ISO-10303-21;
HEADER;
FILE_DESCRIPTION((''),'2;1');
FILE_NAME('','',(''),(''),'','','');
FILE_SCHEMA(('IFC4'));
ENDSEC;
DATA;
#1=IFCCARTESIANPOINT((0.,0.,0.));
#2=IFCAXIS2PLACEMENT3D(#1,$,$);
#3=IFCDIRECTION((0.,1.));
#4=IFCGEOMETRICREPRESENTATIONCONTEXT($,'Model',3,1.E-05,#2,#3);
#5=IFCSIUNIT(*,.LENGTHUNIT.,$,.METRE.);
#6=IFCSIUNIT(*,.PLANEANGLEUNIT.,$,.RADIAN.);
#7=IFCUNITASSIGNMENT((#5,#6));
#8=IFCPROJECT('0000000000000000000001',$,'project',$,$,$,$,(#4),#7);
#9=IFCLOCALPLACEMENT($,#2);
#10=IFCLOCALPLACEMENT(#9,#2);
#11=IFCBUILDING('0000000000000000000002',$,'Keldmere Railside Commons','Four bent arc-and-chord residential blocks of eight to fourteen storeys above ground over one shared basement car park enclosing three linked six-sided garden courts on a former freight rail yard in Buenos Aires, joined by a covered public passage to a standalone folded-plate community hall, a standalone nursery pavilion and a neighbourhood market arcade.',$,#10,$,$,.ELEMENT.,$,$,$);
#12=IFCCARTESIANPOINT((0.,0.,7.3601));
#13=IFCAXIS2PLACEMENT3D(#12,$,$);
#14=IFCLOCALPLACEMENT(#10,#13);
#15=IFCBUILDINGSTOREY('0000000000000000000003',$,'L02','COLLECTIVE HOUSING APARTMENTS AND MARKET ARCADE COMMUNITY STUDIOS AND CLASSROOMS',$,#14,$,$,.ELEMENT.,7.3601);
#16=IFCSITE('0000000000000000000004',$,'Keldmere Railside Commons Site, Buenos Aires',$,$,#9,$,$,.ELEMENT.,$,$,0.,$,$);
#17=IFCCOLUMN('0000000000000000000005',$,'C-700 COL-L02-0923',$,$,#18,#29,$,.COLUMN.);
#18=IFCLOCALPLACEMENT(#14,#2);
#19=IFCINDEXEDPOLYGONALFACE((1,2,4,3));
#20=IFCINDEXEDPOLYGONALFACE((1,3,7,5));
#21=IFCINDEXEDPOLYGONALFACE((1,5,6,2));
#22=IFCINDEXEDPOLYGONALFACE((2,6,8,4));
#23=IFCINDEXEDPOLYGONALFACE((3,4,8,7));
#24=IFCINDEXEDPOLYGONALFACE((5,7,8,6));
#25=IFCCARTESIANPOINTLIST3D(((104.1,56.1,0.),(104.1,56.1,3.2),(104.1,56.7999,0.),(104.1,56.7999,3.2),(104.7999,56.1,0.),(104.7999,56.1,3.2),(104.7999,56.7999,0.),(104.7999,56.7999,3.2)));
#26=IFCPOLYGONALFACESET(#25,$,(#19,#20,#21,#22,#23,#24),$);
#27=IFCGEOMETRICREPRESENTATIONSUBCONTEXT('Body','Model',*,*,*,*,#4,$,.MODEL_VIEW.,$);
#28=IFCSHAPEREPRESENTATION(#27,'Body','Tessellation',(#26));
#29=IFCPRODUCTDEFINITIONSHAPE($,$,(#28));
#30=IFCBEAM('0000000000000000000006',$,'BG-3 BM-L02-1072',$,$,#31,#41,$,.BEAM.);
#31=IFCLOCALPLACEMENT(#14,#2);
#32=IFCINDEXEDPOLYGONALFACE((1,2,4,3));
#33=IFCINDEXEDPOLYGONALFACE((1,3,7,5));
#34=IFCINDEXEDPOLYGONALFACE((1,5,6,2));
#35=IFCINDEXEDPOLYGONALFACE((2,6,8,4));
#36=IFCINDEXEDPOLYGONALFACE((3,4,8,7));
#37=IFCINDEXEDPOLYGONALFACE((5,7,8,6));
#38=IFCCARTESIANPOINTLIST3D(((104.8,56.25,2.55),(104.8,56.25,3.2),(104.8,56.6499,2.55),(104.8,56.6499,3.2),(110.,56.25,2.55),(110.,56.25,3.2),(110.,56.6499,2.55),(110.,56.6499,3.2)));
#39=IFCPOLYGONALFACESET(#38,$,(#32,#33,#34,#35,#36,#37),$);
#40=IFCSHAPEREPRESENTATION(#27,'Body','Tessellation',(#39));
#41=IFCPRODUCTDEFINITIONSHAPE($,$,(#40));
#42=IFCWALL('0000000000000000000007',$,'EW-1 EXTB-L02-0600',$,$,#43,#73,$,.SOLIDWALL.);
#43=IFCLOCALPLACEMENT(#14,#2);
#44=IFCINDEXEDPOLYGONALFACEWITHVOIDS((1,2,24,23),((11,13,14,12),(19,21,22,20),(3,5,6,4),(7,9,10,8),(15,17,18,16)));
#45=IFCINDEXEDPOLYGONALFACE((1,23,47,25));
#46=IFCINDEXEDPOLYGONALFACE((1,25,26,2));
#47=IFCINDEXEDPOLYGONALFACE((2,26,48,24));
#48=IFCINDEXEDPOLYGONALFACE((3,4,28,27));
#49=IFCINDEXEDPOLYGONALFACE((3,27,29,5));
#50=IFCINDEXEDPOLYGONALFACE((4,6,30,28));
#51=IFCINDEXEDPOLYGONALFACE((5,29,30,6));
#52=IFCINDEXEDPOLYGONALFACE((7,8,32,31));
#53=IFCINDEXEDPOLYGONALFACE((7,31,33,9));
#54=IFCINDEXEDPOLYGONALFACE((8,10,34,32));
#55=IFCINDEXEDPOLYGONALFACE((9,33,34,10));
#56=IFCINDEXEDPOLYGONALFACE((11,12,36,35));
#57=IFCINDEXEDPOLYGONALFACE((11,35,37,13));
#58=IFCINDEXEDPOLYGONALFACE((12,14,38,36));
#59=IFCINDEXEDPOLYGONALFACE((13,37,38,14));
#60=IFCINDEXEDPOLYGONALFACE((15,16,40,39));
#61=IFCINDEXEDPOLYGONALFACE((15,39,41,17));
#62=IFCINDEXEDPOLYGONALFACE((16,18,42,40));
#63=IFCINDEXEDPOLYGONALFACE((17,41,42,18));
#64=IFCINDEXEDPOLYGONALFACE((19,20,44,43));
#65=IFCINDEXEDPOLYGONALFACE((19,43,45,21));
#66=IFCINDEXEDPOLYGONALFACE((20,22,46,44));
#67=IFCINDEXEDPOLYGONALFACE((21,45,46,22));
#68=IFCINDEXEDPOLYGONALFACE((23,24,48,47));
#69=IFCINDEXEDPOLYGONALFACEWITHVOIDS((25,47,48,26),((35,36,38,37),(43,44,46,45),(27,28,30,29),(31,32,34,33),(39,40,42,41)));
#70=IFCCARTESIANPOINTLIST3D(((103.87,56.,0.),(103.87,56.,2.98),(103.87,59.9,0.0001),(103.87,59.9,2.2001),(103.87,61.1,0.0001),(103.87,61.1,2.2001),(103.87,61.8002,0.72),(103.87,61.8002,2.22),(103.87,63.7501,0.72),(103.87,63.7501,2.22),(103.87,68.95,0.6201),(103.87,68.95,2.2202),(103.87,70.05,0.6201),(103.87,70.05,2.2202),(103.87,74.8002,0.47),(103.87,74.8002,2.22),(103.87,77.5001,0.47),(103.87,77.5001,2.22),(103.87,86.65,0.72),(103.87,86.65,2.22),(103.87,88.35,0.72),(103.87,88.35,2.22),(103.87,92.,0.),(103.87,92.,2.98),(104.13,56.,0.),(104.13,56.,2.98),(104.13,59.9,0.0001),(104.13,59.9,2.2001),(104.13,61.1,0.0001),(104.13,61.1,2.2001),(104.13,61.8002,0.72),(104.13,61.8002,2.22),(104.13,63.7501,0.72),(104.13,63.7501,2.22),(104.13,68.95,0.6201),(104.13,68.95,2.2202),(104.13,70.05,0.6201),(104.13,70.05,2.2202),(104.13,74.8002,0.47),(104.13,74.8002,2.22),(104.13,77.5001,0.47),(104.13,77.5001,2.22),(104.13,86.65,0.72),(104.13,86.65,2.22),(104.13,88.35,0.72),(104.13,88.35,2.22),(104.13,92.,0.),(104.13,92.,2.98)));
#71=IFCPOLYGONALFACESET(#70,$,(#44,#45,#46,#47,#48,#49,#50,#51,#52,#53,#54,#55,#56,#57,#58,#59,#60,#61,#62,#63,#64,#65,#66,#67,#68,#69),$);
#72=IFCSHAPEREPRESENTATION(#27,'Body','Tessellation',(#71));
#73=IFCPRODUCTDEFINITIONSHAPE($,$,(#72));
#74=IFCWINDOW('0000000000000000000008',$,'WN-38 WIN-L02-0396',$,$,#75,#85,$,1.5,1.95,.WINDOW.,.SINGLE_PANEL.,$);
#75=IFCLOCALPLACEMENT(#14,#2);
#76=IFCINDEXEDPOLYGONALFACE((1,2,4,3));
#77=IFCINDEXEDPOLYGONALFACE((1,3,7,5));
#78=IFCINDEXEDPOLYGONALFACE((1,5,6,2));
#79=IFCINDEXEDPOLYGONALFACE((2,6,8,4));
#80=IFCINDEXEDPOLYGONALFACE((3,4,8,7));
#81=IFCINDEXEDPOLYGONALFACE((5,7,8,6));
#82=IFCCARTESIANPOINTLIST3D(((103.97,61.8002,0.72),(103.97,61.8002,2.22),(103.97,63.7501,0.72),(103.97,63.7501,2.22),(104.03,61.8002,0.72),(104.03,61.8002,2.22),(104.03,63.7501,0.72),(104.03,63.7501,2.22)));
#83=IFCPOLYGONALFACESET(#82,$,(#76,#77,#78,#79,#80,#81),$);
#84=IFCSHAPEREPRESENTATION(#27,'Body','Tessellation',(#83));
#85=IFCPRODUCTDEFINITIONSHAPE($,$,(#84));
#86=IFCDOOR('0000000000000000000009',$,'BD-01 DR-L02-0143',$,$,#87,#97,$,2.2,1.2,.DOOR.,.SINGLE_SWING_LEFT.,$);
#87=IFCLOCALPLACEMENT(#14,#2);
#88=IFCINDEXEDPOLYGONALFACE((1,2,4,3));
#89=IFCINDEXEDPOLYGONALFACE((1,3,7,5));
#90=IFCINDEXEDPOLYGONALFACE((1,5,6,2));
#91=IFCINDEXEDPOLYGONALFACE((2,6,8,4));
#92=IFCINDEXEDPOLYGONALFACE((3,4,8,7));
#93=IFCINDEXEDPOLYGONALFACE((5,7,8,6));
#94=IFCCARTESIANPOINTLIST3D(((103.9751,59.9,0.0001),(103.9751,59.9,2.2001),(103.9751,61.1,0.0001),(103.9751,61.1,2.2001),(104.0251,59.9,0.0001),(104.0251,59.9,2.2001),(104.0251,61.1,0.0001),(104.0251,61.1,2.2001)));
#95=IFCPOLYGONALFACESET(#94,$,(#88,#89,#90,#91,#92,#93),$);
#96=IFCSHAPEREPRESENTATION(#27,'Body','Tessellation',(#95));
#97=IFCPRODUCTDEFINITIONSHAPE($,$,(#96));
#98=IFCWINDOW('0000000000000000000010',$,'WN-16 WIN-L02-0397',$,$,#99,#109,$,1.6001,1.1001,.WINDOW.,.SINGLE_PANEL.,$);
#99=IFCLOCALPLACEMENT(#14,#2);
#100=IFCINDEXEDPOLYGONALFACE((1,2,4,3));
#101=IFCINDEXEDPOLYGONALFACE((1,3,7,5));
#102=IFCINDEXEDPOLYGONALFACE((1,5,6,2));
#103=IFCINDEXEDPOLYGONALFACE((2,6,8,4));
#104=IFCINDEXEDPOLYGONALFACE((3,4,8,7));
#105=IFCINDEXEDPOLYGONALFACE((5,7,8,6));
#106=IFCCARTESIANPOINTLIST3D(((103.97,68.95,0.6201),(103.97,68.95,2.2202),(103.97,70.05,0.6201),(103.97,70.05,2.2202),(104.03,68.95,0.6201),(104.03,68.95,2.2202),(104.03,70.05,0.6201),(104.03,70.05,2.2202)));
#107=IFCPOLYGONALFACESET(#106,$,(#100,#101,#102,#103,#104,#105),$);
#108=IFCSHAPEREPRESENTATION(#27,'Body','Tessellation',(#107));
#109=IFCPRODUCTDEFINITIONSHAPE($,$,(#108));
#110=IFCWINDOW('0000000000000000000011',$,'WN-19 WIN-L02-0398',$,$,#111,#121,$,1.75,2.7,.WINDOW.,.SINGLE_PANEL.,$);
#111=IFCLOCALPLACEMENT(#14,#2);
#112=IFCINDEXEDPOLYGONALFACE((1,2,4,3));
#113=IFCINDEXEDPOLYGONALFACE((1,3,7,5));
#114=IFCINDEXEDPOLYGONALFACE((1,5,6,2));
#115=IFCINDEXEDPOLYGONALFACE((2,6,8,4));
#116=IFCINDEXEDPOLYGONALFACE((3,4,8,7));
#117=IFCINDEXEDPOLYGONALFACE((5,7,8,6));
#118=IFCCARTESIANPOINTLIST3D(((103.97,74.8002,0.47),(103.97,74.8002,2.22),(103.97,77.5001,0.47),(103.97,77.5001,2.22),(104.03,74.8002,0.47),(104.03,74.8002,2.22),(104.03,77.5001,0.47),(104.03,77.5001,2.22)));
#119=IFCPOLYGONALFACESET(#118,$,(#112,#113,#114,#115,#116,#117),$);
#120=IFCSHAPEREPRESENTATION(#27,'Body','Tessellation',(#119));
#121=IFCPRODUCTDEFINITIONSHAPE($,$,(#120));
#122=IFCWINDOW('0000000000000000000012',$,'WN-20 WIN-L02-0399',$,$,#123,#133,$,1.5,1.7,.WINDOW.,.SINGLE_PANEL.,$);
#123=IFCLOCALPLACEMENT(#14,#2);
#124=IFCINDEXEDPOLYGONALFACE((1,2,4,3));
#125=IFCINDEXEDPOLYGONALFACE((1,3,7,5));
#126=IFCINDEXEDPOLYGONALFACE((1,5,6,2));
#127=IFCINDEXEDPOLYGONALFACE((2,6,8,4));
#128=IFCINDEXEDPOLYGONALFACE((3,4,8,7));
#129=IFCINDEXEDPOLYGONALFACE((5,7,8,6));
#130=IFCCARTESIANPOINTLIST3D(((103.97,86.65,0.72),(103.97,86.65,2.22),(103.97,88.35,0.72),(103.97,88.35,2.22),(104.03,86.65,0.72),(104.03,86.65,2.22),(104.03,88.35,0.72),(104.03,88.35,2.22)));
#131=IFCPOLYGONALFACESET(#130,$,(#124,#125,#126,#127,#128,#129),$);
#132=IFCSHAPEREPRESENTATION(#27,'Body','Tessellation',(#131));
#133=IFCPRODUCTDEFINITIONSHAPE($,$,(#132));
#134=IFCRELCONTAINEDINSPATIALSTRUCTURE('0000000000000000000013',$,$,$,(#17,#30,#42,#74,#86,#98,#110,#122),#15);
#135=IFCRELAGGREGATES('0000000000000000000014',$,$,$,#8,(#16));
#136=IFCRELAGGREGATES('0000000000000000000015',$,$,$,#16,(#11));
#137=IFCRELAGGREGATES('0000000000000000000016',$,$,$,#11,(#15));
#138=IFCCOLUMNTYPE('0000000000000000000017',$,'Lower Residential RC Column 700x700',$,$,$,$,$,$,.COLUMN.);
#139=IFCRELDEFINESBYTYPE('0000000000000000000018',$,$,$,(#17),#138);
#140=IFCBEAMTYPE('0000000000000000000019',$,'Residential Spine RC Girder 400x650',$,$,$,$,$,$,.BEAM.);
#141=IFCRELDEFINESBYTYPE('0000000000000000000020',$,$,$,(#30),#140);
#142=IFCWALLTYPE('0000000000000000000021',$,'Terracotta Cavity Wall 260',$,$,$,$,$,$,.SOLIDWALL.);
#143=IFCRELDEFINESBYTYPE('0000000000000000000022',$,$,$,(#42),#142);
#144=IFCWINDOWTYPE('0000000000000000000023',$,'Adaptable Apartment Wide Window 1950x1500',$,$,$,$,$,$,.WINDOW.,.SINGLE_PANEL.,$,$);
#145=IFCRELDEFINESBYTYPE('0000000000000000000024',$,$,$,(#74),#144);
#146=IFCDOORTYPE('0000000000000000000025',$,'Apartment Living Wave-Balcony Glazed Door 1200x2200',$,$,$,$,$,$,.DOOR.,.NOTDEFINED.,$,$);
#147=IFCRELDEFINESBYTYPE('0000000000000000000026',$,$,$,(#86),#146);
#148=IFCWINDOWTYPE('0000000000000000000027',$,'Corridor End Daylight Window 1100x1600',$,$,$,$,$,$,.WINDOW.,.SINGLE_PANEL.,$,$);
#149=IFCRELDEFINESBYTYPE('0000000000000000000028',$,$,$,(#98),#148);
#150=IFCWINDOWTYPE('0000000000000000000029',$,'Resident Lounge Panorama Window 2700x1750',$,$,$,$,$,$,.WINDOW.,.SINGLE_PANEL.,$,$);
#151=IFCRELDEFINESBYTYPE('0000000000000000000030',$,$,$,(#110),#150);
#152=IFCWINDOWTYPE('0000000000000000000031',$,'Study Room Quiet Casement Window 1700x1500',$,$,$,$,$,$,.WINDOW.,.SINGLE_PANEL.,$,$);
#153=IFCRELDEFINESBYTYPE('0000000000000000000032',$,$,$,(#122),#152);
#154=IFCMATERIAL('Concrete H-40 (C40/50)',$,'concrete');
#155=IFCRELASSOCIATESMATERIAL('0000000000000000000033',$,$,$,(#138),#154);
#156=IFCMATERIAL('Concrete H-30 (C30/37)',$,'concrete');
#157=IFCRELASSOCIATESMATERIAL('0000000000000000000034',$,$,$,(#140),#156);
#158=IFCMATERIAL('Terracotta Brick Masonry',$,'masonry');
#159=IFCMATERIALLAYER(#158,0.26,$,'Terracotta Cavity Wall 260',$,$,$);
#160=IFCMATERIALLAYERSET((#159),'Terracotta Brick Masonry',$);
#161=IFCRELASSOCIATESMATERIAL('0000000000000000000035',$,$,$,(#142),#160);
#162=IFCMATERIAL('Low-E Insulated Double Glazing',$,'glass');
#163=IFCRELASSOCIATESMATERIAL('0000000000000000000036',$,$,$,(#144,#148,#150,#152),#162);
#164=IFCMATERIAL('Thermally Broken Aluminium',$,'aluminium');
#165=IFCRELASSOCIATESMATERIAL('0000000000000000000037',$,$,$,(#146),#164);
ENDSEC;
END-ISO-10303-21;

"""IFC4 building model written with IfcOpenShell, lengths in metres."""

from ifc_helpers import new_model, si_unit, direction, frame, frame_2d, origin, origin_2d, place, context, subcontext, project, spatial, rectangle, extrude, material, layer, layer_set, material_profile, profile_set, type_object, element, fill, save


model = new_model("IFC4")

# Units and contexts
model_context = context("Model", 3, precision=1e-05, world=origin(), true_north=direction((0.0, 1.0)))
body_context = subcontext(model_context, "Body", "Model", "MODEL_VIEW")
ifc_project = project(units=[si_unit("LENGTHUNIT", "METRE"), si_unit("PLANEANGLEUNIT", "RADIAN")], contexts=[model_context])

# Site, building, storey
site_placement = place(None, origin())
site = spatial("IfcSite", under=ifc_project, at=site_placement, Name="Keldmere Railside Commons Site, Buenos Aires", CompositionType="ELEMENT", RefElevation=0.0)
building_placement = place(site_placement, origin())
building = spatial("IfcBuilding", under=site, at=building_placement, Name="Keldmere Railside Commons", Description="Four bent arc-and-chord residential blocks of eight to fourteen storeys above ground over one shared basement car park enclosing three linked six-sided garden courts on a former freight rail yard in Buenos Aires, joined by a covered public passage to a standalone folded-plate community hall, a standalone nursery pavilion and a neighbourhood market arcade.", CompositionType="ELEMENT")
storey_placement = place(building_placement, frame((0.0, 0.0, 7.3601)))
storey = spatial("IfcBuildingStorey", under=building, at=storey_placement, Name="L02", Description="COLLECTIVE HOUSING APARTMENTS AND MARKET ARCADE COMMUNITY STUDIOS AND CLASSROOMS", CompositionType="ELEMENT", Elevation=7.3601)

# Column
ifc_material_1 = material(Name="Concrete H-40 (C40/50)", Category="concrete")
ifc_material_profile_1 = material_profile(ifc_material_1, rectangle(XDim=0.7, YDim=0.7, at=origin_2d()), Name="RC-700x700")
ifc_profile_set_1 = profile_set([ifc_material_profile_1], Name="Concrete H-40 (C40/50)")
column_type = type_object("IfcColumnType", Name="Lower Residential RC Column 700x700", PredefinedType="COLUMN", material=ifc_profile_set_1)
column_placement = place(storey_placement, frame((104.45, 56.45, 0.0), z_axis=(0.0, 0.0, 1.0), x_axis=(1.0, 0.0, 0.0)))
element("IfcColumn", 1, at=column_placement, inside=storey, type_object=column_type, Name="C-700 COL-L02-0923", PredefinedType="COLUMN", context=body_context, shape_type="SweptSolid", body=[
    extrude(rectangle(XDim=0.7, YDim=0.7, at=origin_2d()), origin(), (0.0, 0.0, 1.0), 3.2),
])

# Beam
ifc_material_2 = material(Name="Concrete H-30 (C30/37)", Category="concrete")
ifc_material_profile_2 = material_profile(ifc_material_2, rectangle(XDim=0.3999, YDim=0.6499, at=origin_2d()), Name="RC-400x650")
ifc_profile_set_2 = profile_set([ifc_material_profile_2], Name="Concrete H-30 (C30/37)")
beam_type = type_object("IfcBeamType", Name="Residential Spine RC Girder 400x650", PredefinedType="BEAM", material=ifc_profile_set_2)
beam_placement = place(storey_placement, frame((104.8, 56.45, 2.875), z_axis=(1.0, 0.0, 0.0), x_axis=(0.0, 1.0, 0.0)))
element("IfcBeam", 2, at=beam_placement, inside=storey, type_object=beam_type, Name="BG-3 BM-L02-1072", PredefinedType="BEAM", context=body_context, shape_type="SweptSolid", body=[
    extrude(rectangle(XDim=0.3999, YDim=0.6499, at=origin_2d()), origin(), (0.0, 0.0, 1.0), 5.2),
])

# Wall, openings, windows, door
ifc_material_3 = material(Name="Terracotta Brick Masonry", Category="masonry")
ifc_layer = layer(ifc_material_3, 0.26, Name="Terracotta Cavity Wall 260")
ifc_layer_set = layer_set([ifc_layer], Name="Terracotta Brick Masonry")
wall_type = type_object("IfcWallType", Name="Terracotta Cavity Wall 260", PredefinedType="SOLIDWALL", material=ifc_layer_set)
wall_placement = place(storey_placement, frame((104.0, 56.0, 0.0), z_axis=(0.0, 0.0, 1.0), x_axis=(0.0, 1.0, 0.0)))
wall = element("IfcWall", 3, at=wall_placement, inside=storey, type_object=wall_type, Name="EW-1 EXTB-L02-0600", PredefinedType="SOLIDWALL", context=body_context, shape_type="SweptSolid", body=[
    extrude(rectangle(XDim=36.0, YDim=0.26, at=frame_2d((18.0, 0.0))), origin(), (0.0, 0.0, 1.0), 2.98),
])
opening_1_placement = place(wall_placement, frame((3.8999, 0.0, 0.0)))
opening_1 = element("IfcOpeningElement", 4, at=opening_1_placement, cuts=wall, PredefinedType="OPENING", context=body_context, shape_type="SweptSolid", body=[
    extrude(rectangle(XDim=1.2, YDim=2.2, at=frame_2d((0.6001, 1.1001))), frame((0.0, 0.1399, 0.0), z_axis=(0.0, -1.0, 0.0), x_axis=(1.0, 0.0, 0.0)), (0.0, 0.0, 1.0), 0.28),
])
opening_2_placement = place(wall_placement, frame((5.8, 0.0, 0.72)))
opening_2 = element("IfcOpeningElement", 5, at=opening_2_placement, cuts=wall, PredefinedType="OPENING", context=body_context, shape_type="SweptSolid", body=[
    extrude(rectangle(XDim=1.95, YDim=1.5, at=frame_2d((0.9751, 0.75))), frame((0.0, 0.1399, 0.0), z_axis=(0.0, -1.0, 0.0), x_axis=(1.0, 0.0, 0.0)), (0.0, 0.0, 1.0), 0.28),
])
opening_3_placement = place(wall_placement, frame((12.95, 0.0, 0.6201)))
opening_3 = element("IfcOpeningElement", 6, at=opening_3_placement, cuts=wall, PredefinedType="OPENING", context=body_context, shape_type="SweptSolid", body=[
    extrude(rectangle(XDim=1.1001, YDim=1.6001, at=frame_2d((0.55, 0.8))), frame((0.0, 0.1399, 0.0), z_axis=(0.0, -1.0, 0.0), x_axis=(1.0, 0.0, 0.0)), (0.0, 0.0, 1.0), 0.28),
])
opening_4_placement = place(wall_placement, frame((18.8, 0.0, 0.47)))
opening_4 = element("IfcOpeningElement", 7, at=opening_4_placement, cuts=wall, PredefinedType="OPENING", context=body_context, shape_type="SweptSolid", body=[
    extrude(rectangle(XDim=2.7, YDim=1.75, at=frame_2d((1.3501, 0.875))), frame((0.0, 0.1399, 0.0), z_axis=(0.0, -1.0, 0.0), x_axis=(1.0, 0.0, 0.0)), (0.0, 0.0, 1.0), 0.28),
])
opening_5_placement = place(wall_placement, frame((30.6499, 0.0, 0.72)))
opening_5 = element("IfcOpeningElement", 8, at=opening_5_placement, cuts=wall, PredefinedType="OPENING", context=body_context, shape_type="SweptSolid", body=[
    extrude(rectangle(XDim=1.7, YDim=1.5, at=frame_2d((0.8501, 0.75))), frame((0.0, 0.1399, 0.0), z_axis=(0.0, -1.0, 0.0), x_axis=(1.0, 0.0, 0.0)), (0.0, 0.0, 1.0), 0.28),
])
ifc_material_4 = material(Name="Low-E Insulated Double Glazing", Category="glass")
window_type_1 = type_object("IfcWindowType", Name="Adaptable Apartment Wide Window 1950x1500", PartitioningType="SINGLE_PANEL", PredefinedType="WINDOW", material=ifc_material_4)
window_1_placement = place(opening_2_placement, origin())
window_1 = element("IfcWindow", 9, at=window_1_placement, inside=storey, type_object=window_type_1, Name="WN-38 WIN-L02-0396", OverallHeight=1.5, OverallWidth=1.95, PartitioningType="SINGLE_PANEL", PredefinedType="WINDOW", context=body_context, shape_type="SweptSolid", body=[
    extrude(rectangle(XDim=1.95, YDim=1.5, at=frame_2d((0.9751, 0.75))), frame((0.0, 0.03, 0.0), z_axis=(0.0, -1.0, 0.0), x_axis=(1.0, 0.0, 0.0)), (0.0, 0.0, 1.0), 0.0601),
])
fill(opening_2, window_1)
ifc_material_5 = material(Name="Thermally Broken Aluminium", Category="aluminium")
door_type = type_object("IfcDoorType", Name="Apartment Living Wave-Balcony Glazed Door 1200x2200", OperationType="NOTDEFINED", PredefinedType="DOOR", material=ifc_material_5)
door_placement = place(opening_1_placement, origin())
door = element("IfcDoor", 10, at=door_placement, inside=storey, type_object=door_type, Name="BD-01 DR-L02-0143", OperationType="SINGLE_SWING_LEFT", OverallHeight=2.2, OverallWidth=1.2, PredefinedType="DOOR", context=body_context, shape_type="SweptSolid", body=[
    extrude(rectangle(XDim=1.2, YDim=2.2, at=frame_2d((0.6001, 1.1001))), frame((0.0, 0.0249, 0.0), z_axis=(0.0, -1.0, 0.0), x_axis=(1.0, 0.0, 0.0)), (0.0, 0.0, 1.0), 0.05),
])
fill(opening_1, door)
window_type_2 = type_object("IfcWindowType", Name="Corridor End Daylight Window 1100x1600", PartitioningType="SINGLE_PANEL", PredefinedType="WINDOW", material=ifc_material_4)
window_2_placement = place(opening_3_placement, origin())
window_2 = element("IfcWindow", 11, at=window_2_placement, inside=storey, type_object=window_type_2, Name="WN-16 WIN-L02-0397", OverallHeight=1.6001, OverallWidth=1.1001, PartitioningType="SINGLE_PANEL", PredefinedType="WINDOW", context=body_context, shape_type="SweptSolid", body=[
    extrude(rectangle(XDim=1.1001, YDim=1.6001, at=frame_2d((0.55, 0.8))), frame((0.0, 0.03, 0.0), z_axis=(0.0, -1.0, 0.0), x_axis=(1.0, 0.0, 0.0)), (0.0, 0.0, 1.0), 0.0601),
])
fill(opening_3, window_2)
window_type_3 = type_object("IfcWindowType", Name="Resident Lounge Panorama Window 2700x1750", PartitioningType="SINGLE_PANEL", PredefinedType="WINDOW", material=ifc_material_4)
window_3_placement = place(opening_4_placement, origin())
window_3 = element("IfcWindow", 12, at=window_3_placement, inside=storey, type_object=window_type_3, Name="WN-19 WIN-L02-0398", OverallHeight=1.75, OverallWidth=2.7, PartitioningType="SINGLE_PANEL", PredefinedType="WINDOW", context=body_context, shape_type="SweptSolid", body=[
    extrude(rectangle(XDim=2.7, YDim=1.75, at=frame_2d((1.3501, 0.875))), frame((0.0, 0.03, 0.0), z_axis=(0.0, -1.0, 0.0), x_axis=(1.0, 0.0, 0.0)), (0.0, 0.0, 1.0), 0.0601),
])
fill(opening_4, window_3)
window_type_4 = type_object("IfcWindowType", Name="Study Room Quiet Casement Window 1700x1500", PartitioningType="SINGLE_PANEL", PredefinedType="WINDOW", material=ifc_material_4)
window_4_placement = place(opening_5_placement, origin())
window_4 = element("IfcWindow", 13, at=window_4_placement, inside=storey, type_object=window_type_4, Name="WN-20 WIN-L02-0399", OverallHeight=1.5, OverallWidth=1.7, PartitioningType="SINGLE_PANEL", PredefinedType="WINDOW", context=body_context, shape_type="SweptSolid", body=[
    extrude(rectangle(XDim=1.7, YDim=1.5, at=frame_2d((0.8501, 0.75))), frame((0.0, 0.03, 0.0), z_axis=(0.0, -1.0, 0.0), x_axis=(1.0, 0.0, 0.0)), (0.0, 0.0, 1.0), 0.0601),
])
fill(opening_5, window_4)

save(model, "model.ifc")
